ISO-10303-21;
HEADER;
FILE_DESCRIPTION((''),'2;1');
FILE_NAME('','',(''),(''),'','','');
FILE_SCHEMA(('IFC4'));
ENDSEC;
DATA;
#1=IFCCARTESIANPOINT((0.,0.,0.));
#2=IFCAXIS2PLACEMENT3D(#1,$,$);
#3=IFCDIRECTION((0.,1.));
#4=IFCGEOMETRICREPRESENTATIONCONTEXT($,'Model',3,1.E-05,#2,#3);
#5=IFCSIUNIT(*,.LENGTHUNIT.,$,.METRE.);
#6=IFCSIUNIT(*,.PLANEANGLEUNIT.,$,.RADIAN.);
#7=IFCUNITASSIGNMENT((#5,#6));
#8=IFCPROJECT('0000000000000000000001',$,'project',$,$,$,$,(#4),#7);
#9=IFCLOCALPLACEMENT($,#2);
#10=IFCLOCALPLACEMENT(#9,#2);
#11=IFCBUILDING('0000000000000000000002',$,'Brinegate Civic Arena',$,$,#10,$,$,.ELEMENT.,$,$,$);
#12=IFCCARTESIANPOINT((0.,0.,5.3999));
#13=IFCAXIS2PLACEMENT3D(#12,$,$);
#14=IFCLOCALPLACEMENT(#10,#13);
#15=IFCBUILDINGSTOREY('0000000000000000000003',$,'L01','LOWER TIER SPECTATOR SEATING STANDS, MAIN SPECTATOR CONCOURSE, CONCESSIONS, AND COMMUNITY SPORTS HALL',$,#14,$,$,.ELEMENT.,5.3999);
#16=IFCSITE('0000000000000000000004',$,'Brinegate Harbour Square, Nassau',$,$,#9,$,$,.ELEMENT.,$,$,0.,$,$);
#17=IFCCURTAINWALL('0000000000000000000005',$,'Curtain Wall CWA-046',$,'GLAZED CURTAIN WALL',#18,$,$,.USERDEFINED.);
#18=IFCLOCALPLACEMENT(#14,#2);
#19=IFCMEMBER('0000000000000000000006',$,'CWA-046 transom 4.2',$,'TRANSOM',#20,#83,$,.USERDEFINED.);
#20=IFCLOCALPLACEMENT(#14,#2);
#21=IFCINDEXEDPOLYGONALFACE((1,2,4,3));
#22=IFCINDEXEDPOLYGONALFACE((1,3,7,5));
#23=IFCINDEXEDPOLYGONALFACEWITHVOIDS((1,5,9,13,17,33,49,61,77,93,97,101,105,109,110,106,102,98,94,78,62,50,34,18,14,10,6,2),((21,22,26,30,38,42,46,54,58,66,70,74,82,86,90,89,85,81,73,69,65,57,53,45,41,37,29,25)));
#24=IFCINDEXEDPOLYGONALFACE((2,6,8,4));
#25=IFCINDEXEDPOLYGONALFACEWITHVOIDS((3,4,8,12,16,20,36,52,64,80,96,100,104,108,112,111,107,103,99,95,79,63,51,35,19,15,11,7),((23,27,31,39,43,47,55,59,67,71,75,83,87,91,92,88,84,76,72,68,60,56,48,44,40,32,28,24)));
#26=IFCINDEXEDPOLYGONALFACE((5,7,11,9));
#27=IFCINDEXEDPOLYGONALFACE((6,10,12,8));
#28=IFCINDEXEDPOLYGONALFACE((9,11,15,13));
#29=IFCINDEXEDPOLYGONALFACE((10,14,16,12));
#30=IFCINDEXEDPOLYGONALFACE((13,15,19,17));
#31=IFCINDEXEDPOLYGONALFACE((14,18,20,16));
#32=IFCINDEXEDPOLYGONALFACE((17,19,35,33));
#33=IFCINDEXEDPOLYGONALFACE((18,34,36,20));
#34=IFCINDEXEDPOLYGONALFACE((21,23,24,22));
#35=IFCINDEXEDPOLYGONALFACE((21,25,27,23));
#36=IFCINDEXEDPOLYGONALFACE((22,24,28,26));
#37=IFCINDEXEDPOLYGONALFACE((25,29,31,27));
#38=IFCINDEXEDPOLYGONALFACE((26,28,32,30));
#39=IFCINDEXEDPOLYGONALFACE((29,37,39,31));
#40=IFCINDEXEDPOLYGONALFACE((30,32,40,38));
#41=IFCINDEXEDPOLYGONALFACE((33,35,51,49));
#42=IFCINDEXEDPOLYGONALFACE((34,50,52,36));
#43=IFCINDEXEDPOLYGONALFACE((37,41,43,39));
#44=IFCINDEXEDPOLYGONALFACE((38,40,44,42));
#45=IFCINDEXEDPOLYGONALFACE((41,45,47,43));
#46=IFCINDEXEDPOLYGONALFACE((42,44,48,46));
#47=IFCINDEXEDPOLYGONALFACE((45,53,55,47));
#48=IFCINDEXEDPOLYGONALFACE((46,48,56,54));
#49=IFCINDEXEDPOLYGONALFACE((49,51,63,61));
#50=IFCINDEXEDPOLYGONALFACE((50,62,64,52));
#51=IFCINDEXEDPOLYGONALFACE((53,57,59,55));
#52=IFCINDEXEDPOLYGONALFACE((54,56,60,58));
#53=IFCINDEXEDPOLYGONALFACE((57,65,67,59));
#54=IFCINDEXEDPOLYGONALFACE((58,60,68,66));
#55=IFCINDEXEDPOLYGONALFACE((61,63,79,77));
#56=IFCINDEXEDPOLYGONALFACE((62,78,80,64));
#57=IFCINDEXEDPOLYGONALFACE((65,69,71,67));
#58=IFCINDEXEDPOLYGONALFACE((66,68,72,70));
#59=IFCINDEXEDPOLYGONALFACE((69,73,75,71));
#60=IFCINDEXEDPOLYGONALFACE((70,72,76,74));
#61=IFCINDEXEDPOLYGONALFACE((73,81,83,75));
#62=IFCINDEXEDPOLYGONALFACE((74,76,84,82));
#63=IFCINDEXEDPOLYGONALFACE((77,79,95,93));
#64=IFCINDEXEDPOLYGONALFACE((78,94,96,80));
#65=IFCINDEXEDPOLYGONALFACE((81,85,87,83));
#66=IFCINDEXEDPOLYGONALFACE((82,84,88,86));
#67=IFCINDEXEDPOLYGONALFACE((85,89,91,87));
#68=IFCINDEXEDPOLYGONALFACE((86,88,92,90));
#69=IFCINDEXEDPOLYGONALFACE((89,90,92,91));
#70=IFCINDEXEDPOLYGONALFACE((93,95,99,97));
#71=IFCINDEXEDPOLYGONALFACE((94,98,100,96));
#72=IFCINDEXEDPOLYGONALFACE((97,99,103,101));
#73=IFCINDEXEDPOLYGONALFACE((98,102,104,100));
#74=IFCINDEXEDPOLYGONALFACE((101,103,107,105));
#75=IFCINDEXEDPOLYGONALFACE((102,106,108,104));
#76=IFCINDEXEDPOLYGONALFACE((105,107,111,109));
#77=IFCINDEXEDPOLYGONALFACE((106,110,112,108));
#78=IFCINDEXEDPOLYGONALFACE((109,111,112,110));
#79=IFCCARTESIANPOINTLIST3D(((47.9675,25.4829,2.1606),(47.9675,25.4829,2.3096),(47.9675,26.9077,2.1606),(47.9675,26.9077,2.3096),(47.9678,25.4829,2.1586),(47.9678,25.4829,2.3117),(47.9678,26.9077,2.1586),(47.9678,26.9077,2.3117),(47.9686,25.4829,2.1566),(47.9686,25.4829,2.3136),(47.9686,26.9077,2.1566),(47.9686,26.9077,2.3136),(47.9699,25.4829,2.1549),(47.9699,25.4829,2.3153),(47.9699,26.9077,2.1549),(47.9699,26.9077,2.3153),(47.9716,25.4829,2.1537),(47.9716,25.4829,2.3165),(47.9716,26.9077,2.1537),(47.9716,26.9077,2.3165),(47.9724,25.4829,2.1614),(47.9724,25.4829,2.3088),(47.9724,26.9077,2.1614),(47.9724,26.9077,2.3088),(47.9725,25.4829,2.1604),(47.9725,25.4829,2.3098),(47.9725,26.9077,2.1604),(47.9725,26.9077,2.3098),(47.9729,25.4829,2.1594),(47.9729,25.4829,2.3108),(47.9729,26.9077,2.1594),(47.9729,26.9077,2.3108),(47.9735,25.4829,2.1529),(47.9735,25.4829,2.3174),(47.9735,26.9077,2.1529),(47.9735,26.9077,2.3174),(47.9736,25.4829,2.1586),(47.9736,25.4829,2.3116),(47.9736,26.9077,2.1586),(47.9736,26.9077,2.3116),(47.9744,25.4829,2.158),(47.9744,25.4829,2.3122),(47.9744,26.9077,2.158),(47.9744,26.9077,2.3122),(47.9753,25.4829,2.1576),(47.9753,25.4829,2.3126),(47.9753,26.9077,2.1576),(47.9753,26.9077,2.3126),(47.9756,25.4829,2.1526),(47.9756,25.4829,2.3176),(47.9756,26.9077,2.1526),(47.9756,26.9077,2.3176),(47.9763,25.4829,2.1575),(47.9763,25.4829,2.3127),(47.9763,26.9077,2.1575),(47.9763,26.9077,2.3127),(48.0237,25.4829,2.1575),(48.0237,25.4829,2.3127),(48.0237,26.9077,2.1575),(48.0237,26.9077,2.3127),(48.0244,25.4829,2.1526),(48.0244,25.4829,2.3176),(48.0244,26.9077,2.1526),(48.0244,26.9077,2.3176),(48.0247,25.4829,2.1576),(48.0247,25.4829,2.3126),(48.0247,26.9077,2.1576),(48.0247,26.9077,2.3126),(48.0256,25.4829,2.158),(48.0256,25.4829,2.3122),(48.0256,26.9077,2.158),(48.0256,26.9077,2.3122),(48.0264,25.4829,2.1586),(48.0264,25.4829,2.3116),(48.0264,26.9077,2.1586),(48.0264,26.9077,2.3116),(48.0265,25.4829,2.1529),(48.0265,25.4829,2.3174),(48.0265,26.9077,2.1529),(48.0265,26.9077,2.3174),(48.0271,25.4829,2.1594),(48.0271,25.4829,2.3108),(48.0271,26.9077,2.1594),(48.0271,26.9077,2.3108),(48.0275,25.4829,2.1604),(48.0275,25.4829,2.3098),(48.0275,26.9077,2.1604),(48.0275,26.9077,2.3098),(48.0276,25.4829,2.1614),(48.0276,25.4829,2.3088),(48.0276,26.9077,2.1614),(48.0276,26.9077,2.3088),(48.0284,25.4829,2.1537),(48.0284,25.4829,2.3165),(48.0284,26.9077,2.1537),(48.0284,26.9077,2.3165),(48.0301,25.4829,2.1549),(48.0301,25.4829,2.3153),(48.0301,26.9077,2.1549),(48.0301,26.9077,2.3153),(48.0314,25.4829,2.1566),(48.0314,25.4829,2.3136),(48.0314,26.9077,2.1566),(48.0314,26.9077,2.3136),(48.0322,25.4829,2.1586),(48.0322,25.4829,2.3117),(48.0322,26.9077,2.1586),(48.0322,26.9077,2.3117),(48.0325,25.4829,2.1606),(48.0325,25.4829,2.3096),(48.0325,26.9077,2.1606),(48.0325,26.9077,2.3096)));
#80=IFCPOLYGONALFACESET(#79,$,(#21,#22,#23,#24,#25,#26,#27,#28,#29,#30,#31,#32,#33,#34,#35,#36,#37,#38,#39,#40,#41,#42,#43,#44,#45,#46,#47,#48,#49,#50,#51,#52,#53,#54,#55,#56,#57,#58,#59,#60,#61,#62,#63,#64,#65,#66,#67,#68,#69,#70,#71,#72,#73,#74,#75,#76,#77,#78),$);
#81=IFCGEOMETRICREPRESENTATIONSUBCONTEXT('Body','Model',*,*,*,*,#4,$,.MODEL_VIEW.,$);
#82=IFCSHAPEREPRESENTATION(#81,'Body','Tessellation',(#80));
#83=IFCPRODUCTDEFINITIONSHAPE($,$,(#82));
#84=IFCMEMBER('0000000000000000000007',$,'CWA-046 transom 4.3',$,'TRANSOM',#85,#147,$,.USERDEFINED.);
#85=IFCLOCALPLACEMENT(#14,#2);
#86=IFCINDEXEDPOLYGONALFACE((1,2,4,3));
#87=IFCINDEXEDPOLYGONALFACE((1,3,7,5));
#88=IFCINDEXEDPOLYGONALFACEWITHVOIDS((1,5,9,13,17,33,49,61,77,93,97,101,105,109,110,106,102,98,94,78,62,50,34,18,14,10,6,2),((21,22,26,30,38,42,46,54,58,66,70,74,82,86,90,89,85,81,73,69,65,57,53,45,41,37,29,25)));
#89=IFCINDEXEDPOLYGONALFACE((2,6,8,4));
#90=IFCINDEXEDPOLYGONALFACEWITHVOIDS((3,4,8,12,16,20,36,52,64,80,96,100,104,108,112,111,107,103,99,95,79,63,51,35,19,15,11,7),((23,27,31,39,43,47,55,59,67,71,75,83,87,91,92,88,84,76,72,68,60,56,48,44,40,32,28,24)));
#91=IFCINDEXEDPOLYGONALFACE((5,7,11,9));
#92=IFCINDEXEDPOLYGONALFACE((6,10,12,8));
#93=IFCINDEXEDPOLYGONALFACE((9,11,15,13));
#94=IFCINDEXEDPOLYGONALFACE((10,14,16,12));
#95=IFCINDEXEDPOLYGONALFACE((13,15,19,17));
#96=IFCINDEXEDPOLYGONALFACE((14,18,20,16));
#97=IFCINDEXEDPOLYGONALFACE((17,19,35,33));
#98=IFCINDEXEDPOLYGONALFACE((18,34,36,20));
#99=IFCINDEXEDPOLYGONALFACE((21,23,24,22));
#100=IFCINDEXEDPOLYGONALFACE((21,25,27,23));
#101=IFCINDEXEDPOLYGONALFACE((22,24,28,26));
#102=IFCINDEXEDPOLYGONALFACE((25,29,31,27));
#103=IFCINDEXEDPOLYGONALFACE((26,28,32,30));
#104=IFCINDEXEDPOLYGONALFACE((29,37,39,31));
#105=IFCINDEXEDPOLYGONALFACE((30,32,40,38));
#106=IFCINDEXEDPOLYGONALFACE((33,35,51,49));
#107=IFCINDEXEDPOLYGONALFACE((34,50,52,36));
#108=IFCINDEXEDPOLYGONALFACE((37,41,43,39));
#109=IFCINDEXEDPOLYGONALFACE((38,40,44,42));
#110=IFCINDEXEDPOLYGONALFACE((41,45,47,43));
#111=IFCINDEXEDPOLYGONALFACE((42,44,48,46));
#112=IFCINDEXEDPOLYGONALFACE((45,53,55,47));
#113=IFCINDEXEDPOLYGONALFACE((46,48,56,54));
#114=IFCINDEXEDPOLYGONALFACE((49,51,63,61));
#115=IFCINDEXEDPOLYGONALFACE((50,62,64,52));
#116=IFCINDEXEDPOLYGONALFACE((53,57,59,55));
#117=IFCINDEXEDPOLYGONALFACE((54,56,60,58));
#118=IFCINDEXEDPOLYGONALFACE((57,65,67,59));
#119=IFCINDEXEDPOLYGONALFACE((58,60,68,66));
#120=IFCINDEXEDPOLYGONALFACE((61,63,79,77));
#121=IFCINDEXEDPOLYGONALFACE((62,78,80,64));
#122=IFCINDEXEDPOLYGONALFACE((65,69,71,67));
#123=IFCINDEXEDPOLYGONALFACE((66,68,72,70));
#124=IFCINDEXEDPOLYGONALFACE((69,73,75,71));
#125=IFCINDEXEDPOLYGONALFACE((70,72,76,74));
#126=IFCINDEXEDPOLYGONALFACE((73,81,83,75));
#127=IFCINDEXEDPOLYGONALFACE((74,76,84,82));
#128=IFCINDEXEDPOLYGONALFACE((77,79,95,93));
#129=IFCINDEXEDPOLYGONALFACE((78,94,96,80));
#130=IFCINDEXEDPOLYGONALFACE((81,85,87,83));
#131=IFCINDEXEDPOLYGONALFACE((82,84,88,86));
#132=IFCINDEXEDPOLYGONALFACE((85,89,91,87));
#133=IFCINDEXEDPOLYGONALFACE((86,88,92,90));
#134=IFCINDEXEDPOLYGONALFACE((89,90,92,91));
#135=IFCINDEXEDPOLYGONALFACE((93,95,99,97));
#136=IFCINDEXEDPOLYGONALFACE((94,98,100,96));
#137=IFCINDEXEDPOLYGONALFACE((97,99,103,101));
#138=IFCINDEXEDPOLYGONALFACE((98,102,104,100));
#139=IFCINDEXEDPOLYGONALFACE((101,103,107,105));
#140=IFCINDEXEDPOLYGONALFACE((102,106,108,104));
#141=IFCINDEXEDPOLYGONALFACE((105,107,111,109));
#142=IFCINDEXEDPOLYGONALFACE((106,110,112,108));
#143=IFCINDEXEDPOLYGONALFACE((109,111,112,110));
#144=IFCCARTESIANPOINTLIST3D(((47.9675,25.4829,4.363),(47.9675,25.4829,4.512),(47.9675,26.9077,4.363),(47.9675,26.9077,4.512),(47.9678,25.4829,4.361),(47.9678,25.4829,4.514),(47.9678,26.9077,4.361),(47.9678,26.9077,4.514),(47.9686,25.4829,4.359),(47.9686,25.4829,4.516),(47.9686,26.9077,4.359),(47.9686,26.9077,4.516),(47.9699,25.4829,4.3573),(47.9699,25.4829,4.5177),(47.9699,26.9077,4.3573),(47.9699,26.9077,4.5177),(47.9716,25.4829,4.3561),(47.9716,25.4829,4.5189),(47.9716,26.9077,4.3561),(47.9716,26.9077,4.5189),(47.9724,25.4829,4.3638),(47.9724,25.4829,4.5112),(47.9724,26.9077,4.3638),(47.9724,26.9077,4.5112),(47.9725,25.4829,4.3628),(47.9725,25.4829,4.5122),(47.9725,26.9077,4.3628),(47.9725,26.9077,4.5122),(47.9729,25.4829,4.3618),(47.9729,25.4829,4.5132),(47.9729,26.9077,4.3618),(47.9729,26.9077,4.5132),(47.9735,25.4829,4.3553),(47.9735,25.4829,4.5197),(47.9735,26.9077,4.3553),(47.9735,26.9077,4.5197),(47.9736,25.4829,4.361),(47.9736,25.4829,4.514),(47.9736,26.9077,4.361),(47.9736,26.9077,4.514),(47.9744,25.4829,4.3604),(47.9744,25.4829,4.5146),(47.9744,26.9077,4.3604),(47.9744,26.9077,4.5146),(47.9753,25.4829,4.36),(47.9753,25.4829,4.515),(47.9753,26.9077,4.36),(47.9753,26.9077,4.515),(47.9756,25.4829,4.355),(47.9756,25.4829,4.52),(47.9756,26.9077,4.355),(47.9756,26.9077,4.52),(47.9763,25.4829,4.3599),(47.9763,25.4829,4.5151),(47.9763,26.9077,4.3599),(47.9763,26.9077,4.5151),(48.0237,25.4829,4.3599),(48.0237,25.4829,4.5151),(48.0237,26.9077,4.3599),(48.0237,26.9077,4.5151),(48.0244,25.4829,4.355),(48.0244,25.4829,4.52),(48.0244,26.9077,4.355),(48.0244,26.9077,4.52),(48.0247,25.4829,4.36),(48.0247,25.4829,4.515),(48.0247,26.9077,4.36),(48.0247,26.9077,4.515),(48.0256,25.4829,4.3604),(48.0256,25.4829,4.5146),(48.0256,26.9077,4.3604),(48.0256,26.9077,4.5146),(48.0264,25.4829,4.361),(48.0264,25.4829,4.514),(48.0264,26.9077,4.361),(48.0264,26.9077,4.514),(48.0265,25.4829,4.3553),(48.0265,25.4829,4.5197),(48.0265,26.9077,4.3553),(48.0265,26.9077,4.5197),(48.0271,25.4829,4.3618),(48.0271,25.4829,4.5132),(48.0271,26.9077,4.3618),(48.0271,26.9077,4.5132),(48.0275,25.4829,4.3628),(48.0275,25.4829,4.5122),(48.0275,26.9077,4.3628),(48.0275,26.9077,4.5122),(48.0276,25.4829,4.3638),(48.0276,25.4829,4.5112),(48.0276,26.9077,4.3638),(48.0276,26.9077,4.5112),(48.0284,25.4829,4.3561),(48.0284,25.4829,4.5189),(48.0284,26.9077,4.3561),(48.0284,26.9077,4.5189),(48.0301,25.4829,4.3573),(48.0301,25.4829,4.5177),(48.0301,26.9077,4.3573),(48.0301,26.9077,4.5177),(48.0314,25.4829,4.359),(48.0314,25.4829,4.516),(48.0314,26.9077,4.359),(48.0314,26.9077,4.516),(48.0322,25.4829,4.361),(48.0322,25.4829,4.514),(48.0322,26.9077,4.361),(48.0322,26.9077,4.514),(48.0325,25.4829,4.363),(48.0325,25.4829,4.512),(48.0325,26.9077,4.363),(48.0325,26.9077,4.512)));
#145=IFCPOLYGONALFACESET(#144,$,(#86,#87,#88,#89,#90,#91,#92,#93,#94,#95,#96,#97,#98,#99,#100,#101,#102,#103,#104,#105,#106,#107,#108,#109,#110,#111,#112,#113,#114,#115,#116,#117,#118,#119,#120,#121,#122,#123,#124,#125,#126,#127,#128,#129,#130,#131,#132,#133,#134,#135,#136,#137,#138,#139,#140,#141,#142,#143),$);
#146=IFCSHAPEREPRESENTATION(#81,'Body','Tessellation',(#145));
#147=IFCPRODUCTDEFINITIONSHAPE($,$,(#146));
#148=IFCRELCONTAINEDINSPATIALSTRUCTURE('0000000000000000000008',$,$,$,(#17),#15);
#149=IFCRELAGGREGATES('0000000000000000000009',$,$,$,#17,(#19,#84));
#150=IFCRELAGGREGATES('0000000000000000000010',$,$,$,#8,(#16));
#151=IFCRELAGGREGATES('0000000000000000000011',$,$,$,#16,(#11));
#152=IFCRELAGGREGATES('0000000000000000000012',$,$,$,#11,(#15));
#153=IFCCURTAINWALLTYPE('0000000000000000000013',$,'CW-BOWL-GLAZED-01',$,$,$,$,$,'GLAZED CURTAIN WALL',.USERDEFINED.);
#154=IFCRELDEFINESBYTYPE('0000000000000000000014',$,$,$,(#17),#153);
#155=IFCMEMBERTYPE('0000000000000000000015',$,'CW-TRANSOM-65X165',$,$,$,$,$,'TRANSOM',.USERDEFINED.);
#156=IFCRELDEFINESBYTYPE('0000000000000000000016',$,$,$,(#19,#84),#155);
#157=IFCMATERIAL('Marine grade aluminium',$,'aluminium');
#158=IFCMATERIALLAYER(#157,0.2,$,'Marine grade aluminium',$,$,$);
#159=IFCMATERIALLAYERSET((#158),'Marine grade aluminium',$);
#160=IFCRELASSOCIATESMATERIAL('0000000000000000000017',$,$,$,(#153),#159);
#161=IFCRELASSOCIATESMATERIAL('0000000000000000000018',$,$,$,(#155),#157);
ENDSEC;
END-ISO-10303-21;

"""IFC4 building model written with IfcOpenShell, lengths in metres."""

from ifc_helpers import new_model, si_unit, direction, frame, origin, origin_2d, place, context, subcontext, project, spatial, hollow_rectangle, extrude, material, layer, layer_set, material_profile, profile_set, type_object, element, aggregate, save


model = new_model("IFC4")

# Units and contexts
model_context = context("Model", 3, precision=1e-05, world=origin(), true_north=direction((0.0, 1.0)))
body_context = subcontext(model_context, "Body", "Model", "MODEL_VIEW")
ifc_project = project(units=[si_unit("LENGTHUNIT", "METRE"), si_unit("PLANEANGLEUNIT", "RADIAN")], contexts=[model_context])

# Site, building, storey
site_placement = place(None, origin())
site = spatial("IfcSite", under=ifc_project, at=site_placement, Name="Brinegate Harbour Square, Nassau", CompositionType="ELEMENT", RefElevation=0.0)
building_placement = place(site_placement, origin())
building = spatial("IfcBuilding", under=site, at=building_placement, Name="Brinegate Civic Arena", CompositionType="ELEMENT")
storey_placement = place(building_placement, frame((0.0, 0.0, 5.3999)))
storey = spatial("IfcBuildingStorey", under=building, at=storey_placement, Name="L01", Description="LOWER TIER SPECTATOR SEATING STANDS, MAIN SPECTATOR CONCOURSE, CONCESSIONS, AND COMMUNITY SPORTS HALL", CompositionType="ELEMENT", Elevation=5.3999)

# Curtain wall, members
ifc_material_1 = material(Name="Marine grade aluminium", Category="aluminium")
ifc_layer_1 = layer(ifc_material_1, 0.2, Name="Marine grade aluminium")
ifc_layer_set_1 = layer_set([ifc_layer_1], Name="Marine grade aluminium")
curtain_wall_type = type_object("IfcCurtainWallType", Name="CW-BOWL-GLAZED-01", ElementType="GLAZED CURTAIN WALL", PredefinedType="USERDEFINED", material=ifc_layer_set_1)
curtain_wall_placement = place(storey_placement, origin())
curtain_wall = element("IfcCurtainWall", 1, at=curtain_wall_placement, inside=storey, type_object=curtain_wall_type, Name="Curtain Wall CWA-046", ObjectType="GLAZED CURTAIN WALL", PredefinedType="USERDEFINED")
ifc_material_profile_1 = material_profile(ifc_material_1, hollow_rectangle(XDim=0.0649, YDim=0.165, WallThickness=0.0049, InnerFilletRadius=0.0039, OuterFilletRadius=0.0081, at=origin_2d()), Name="TRN65X165")
ifc_profile_set_1 = profile_set([ifc_material_profile_1], Name="Marine grade aluminium")
member_type_1 = type_object("IfcMemberType", Name="CW-TRANSOM-65X165", ElementType="TRANSOM", PredefinedType="USERDEFINED", material=ifc_profile_set_1)
member_1_placement = place(storey_placement, frame((48.0, 25.4829, 2.2351), z_axis=(0.0, 1.0, 0.0), x_axis=(-1.0, 0.0, 0.0)))
member_1 = element("IfcMember", 2, at=member_1_placement, type_object=member_type_1, Name="CWA-046 transom 4.2", ObjectType="TRANSOM", PredefinedType="USERDEFINED", context=body_context, shape_type="SweptSolid", body=[
    extrude(hollow_rectangle(XDim=0.0649, YDim=0.165, WallThickness=0.0049, InnerFilletRadius=0.0039, OuterFilletRadius=0.0081, at=origin_2d()), origin(), (0.0, 0.0, 1.0), 1.4248),
])
member_2_placement = place(storey_placement, frame((48.0, 25.4829, 4.4375), z_axis=(0.0, 1.0, 0.0), x_axis=(-1.0, 0.0, 0.0)))
member_2 = element("IfcMember", 3, at=member_2_placement, type_object=member_type_1, Name="CWA-046 transom 4.3", ObjectType="TRANSOM", PredefinedType="USERDEFINED", context=body_context, shape_type="SweptSolid", body=[
    extrude(hollow_rectangle(XDim=0.0649, YDim=0.165, WallThickness=0.0049, InnerFilletRadius=0.0039, OuterFilletRadius=0.0081, at=origin_2d()), origin(), (0.0, 0.0, 1.0), 1.4248),
])

aggregate(curtain_wall, [member_1, member_2])

save(model, "model.ifc")
